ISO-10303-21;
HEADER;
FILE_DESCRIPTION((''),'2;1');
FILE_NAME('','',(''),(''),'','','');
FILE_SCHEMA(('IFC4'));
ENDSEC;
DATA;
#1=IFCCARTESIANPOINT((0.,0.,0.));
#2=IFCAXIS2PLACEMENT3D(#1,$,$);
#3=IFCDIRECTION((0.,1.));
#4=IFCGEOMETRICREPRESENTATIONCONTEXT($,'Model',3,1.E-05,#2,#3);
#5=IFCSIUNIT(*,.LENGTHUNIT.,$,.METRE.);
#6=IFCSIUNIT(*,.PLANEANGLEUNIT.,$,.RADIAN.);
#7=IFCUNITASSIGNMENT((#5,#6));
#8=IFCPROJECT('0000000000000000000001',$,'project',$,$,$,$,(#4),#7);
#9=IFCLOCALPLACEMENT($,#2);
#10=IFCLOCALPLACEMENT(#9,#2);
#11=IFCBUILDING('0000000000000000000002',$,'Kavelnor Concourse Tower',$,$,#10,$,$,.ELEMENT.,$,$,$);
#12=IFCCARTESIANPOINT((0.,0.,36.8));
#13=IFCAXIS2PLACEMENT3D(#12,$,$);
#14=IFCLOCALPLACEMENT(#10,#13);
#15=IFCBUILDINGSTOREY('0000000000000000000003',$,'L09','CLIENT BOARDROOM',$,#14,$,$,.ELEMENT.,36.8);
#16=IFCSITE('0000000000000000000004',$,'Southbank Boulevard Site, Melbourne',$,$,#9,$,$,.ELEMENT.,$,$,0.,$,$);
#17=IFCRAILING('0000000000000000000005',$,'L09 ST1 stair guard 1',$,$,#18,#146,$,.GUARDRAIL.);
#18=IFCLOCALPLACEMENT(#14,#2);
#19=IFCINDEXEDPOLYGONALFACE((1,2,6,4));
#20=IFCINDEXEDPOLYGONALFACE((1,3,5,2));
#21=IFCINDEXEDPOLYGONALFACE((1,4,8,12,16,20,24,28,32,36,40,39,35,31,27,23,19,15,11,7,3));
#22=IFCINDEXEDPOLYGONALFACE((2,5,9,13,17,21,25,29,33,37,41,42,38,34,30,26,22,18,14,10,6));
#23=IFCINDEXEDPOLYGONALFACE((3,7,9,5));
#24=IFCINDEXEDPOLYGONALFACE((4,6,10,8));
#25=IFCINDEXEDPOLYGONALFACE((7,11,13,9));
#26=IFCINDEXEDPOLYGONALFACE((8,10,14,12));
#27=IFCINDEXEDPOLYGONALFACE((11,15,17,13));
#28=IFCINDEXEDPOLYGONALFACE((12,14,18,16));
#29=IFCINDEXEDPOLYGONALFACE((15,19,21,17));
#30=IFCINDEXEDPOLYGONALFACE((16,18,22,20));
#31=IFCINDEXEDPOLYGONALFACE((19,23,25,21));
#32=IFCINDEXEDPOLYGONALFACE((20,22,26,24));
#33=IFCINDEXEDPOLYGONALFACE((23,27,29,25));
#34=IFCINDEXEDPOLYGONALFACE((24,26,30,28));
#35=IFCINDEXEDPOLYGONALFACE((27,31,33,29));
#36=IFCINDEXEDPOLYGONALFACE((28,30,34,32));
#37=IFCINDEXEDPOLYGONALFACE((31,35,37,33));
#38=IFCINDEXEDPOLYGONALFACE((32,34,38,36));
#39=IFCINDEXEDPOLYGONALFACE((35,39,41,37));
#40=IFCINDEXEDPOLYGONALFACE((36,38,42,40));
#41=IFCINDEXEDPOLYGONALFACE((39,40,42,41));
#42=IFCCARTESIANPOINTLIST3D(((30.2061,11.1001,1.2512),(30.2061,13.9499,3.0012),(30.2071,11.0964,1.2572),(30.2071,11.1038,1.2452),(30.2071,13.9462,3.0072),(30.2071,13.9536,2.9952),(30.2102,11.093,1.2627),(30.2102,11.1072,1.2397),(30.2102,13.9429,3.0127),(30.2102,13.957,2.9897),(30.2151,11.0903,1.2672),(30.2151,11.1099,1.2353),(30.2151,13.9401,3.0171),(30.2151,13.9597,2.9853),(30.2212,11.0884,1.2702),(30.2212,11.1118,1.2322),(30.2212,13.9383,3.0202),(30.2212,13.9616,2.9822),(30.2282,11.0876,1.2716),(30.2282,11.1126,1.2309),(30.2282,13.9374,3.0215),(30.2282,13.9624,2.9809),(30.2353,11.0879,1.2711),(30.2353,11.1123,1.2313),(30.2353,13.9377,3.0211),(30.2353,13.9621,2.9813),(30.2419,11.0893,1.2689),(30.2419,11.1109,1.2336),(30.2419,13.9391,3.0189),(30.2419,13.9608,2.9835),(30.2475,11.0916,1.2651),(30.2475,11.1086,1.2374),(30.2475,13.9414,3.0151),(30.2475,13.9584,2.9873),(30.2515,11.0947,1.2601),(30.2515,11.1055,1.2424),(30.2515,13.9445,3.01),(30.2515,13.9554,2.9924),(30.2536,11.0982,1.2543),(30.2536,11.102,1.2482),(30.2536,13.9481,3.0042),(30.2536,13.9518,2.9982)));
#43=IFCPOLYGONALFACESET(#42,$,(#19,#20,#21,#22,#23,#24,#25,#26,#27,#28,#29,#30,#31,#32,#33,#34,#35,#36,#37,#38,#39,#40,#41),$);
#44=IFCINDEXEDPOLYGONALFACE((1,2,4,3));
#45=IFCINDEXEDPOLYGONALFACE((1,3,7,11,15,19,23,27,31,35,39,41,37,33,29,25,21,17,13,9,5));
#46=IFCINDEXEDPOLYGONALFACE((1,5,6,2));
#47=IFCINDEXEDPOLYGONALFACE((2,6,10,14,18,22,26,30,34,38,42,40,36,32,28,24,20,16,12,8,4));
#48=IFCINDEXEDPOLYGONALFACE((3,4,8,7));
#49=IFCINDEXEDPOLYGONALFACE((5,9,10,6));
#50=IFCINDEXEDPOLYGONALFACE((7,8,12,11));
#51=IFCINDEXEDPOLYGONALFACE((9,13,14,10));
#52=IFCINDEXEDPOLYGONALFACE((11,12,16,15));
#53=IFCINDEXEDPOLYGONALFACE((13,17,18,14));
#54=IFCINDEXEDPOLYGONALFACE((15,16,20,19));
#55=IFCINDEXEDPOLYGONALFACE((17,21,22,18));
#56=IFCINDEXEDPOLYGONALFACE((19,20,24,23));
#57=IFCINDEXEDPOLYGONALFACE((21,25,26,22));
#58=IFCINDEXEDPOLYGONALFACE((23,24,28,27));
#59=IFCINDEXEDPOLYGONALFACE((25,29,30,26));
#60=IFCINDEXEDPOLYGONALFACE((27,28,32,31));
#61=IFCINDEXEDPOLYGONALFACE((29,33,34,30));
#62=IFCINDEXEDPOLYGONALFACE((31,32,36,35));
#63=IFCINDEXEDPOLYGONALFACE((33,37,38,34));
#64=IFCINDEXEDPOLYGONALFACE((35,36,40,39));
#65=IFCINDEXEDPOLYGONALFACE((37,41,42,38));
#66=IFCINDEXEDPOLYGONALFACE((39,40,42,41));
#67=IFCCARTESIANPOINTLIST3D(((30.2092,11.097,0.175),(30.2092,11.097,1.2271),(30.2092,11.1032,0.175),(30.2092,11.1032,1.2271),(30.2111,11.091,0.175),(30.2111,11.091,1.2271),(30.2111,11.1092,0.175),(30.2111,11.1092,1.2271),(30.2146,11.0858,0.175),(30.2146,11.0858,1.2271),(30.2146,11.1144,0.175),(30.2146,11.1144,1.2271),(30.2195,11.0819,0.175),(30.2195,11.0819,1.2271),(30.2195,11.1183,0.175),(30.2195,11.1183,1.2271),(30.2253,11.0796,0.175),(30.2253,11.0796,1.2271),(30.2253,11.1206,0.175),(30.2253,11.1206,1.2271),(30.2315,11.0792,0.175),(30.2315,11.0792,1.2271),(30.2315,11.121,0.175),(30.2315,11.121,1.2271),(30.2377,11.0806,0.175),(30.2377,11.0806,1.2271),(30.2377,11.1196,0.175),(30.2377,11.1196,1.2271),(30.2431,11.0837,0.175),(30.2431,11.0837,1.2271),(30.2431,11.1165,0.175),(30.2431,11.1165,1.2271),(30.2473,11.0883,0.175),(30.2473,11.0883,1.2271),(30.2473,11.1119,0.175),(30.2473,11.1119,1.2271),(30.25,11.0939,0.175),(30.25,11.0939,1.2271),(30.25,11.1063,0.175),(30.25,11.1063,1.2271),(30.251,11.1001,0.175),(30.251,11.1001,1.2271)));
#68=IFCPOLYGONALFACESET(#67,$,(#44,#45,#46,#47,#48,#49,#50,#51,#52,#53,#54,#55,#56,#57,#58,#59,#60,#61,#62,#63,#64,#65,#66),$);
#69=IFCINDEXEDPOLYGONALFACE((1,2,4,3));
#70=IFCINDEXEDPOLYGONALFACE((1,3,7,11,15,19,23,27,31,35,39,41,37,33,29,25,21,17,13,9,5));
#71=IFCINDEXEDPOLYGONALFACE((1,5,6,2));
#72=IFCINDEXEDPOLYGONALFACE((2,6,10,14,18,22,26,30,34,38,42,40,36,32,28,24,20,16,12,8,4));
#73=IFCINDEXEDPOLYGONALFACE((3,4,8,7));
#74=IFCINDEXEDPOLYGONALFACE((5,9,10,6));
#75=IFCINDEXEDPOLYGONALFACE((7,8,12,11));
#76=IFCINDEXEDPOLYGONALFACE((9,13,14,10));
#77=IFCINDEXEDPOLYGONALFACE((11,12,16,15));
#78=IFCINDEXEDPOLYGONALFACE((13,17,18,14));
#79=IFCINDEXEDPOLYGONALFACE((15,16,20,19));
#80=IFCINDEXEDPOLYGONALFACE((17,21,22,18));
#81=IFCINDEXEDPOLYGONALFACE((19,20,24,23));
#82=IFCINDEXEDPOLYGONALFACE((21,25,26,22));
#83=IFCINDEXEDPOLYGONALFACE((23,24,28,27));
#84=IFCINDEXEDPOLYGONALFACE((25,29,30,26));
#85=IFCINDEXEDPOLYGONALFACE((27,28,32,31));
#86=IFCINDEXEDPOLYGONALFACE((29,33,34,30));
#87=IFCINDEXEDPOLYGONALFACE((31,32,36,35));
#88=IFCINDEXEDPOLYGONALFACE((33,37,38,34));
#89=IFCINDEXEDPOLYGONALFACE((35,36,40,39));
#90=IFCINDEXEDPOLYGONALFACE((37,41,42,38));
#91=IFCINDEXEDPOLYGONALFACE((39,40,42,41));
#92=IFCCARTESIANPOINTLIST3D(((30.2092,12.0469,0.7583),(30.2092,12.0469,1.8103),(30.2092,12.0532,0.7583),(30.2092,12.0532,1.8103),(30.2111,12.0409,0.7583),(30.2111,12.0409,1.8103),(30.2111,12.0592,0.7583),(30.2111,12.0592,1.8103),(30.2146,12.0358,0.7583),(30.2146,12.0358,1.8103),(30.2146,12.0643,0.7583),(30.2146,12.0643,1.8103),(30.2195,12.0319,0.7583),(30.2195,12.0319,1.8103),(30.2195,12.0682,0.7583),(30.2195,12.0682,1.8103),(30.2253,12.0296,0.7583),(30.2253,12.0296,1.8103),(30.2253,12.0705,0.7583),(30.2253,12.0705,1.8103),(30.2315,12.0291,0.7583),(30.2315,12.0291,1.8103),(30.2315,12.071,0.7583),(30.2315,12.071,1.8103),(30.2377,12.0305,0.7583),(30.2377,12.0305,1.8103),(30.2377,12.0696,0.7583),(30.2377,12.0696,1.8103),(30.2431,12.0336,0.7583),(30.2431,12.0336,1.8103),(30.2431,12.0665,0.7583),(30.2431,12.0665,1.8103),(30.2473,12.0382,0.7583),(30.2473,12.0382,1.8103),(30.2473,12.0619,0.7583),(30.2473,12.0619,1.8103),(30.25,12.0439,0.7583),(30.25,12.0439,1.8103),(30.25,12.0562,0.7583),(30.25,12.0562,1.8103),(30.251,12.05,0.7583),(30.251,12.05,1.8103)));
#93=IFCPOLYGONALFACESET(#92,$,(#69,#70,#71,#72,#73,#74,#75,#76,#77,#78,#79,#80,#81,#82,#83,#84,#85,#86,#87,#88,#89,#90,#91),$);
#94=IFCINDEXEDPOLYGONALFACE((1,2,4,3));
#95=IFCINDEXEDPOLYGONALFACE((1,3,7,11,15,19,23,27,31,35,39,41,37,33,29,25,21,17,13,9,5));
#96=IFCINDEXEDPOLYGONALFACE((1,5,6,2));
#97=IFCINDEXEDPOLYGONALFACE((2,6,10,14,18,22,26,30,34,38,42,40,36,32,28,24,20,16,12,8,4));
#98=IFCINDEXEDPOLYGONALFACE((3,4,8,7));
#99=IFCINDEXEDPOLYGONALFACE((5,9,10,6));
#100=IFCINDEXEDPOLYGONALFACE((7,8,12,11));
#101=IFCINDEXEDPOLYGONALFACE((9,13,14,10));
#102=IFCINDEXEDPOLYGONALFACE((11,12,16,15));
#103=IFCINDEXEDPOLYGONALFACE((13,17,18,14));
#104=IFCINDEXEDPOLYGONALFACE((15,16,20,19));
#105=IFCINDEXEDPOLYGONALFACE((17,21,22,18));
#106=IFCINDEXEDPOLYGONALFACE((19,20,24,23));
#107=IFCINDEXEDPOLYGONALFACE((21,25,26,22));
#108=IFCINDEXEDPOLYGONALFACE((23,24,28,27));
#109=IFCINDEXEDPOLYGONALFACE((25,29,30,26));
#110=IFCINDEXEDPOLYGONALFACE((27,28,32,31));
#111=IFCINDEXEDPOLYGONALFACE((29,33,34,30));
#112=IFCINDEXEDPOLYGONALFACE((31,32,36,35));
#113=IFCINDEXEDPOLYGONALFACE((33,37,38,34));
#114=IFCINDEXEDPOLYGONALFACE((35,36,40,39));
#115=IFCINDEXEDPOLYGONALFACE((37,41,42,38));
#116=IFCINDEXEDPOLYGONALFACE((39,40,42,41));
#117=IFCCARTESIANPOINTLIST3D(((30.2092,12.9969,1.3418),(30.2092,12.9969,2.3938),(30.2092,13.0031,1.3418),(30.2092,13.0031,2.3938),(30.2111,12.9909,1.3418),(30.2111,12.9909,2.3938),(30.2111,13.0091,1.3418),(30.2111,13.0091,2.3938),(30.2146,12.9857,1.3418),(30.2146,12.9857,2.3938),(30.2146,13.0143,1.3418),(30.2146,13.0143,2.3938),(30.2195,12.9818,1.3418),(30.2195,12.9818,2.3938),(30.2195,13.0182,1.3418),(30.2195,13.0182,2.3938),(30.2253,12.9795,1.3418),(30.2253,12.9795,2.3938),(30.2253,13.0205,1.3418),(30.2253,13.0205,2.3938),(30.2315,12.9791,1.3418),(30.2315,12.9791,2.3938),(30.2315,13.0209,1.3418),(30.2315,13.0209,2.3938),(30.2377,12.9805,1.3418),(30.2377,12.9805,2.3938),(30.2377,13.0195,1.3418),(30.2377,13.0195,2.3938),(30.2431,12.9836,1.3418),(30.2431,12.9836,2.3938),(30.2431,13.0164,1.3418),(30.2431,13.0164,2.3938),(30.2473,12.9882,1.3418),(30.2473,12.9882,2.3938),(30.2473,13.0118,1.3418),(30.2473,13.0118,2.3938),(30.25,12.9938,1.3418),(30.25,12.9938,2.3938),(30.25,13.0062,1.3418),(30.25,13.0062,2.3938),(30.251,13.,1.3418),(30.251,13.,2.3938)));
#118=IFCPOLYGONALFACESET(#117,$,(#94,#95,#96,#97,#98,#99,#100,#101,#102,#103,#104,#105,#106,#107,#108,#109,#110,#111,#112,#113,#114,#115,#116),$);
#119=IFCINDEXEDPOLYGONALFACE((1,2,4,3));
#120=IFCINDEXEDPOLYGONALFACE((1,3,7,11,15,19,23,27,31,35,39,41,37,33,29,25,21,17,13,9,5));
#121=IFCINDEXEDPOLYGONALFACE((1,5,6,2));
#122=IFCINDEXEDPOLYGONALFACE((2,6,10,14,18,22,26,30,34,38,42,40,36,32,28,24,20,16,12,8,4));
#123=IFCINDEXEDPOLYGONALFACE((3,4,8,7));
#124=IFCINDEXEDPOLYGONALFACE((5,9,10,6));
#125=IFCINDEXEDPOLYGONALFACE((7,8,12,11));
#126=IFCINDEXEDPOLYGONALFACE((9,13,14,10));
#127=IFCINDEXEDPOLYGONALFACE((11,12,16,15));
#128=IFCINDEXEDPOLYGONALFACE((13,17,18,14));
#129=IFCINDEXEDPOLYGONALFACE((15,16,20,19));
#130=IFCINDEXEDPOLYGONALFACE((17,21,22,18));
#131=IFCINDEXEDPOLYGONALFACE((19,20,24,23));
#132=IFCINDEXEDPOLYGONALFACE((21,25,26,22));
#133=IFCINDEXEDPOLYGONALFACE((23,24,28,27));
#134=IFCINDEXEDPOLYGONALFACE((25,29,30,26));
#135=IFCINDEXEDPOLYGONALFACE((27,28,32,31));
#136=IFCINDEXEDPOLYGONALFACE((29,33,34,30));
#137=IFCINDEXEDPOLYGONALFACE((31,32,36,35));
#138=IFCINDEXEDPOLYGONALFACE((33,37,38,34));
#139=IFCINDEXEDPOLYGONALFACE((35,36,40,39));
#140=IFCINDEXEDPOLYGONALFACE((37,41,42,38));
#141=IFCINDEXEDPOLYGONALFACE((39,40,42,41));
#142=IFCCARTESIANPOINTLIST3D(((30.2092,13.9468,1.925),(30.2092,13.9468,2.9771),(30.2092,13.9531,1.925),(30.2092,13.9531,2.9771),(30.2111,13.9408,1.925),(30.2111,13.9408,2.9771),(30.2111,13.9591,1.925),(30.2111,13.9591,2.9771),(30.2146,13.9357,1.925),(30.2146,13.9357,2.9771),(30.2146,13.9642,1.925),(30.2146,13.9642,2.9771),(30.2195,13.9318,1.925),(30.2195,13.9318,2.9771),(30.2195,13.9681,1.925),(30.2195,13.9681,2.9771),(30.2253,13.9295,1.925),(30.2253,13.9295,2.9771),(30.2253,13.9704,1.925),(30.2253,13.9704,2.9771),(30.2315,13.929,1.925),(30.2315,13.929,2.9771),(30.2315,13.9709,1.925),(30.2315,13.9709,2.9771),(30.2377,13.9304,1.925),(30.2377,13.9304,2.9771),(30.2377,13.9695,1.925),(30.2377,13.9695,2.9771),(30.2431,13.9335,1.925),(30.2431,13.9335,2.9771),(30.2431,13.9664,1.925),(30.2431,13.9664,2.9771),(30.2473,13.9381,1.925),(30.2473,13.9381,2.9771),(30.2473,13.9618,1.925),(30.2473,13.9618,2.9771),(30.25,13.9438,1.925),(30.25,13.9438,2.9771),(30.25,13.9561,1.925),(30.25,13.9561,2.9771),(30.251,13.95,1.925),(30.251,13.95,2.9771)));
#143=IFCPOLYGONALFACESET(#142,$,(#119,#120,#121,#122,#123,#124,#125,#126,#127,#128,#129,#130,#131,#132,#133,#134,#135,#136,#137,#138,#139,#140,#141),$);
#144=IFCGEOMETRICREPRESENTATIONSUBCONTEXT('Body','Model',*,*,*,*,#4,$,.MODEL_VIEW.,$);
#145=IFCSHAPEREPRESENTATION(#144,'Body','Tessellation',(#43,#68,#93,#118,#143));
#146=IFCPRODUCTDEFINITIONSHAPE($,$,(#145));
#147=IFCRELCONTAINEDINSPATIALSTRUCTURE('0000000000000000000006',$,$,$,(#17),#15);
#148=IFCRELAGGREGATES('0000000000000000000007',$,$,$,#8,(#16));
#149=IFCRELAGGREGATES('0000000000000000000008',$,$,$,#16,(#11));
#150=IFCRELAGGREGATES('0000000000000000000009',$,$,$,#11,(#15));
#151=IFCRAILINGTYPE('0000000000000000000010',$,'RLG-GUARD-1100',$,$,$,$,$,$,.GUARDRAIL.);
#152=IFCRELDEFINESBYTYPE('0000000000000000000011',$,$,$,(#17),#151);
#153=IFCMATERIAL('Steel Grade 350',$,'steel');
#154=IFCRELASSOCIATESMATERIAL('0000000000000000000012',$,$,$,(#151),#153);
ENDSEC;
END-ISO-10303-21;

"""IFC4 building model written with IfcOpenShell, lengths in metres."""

from ifc_helpers import new_model, si_unit, direction, frame, origin, origin_2d, place, context, subcontext, project, spatial, circle, extrude, material, type_object, element, save


model = new_model("IFC4")

# Units and contexts
model_context = context("Model", 3, precision=1e-05, world=origin(), true_north=direction((0.0, 1.0)))
body_context = subcontext(model_context, "Body", "Model", "MODEL_VIEW")
ifc_project = project(units=[si_unit("LENGTHUNIT", "METRE"), si_unit("PLANEANGLEUNIT", "RADIAN")], contexts=[model_context])

# Site, building, storey
site_placement = place(None, origin())
site = spatial("IfcSite", under=ifc_project, at=site_placement, Name="Southbank Boulevard Site, Melbourne", CompositionType="ELEMENT", RefElevation=0.0)
building_placement = place(site_placement, origin())
building = spatial("IfcBuilding", under=site, at=building_placement, Name="Kavelnor Concourse Tower", CompositionType="ELEMENT")
storey_placement = place(building_placement, frame((0.0, 0.0, 36.8)))
storey = spatial("IfcBuildingStorey", under=building, at=storey_placement, Name="L09", Description="CLIENT BOARDROOM", CompositionType="ELEMENT", Elevation=36.8)

# Shared definitions
ifc_material_1 = material(Name="Steel Grade 350", Category="steel")

# Railing
railing_type_1 = type_object("IfcRailingType", Name="RLG-GUARD-1100", PredefinedType="GUARDRAIL", material=ifc_material_1)
railing_1_placement = place(storey_placement, frame((30.23, 11.1001, 0.175)))
element("IfcRailing", 1, at=railing_1_placement, inside=storey, type_object=railing_type_1, Name="L09 ST1 stair guard 1", PredefinedType="GUARDRAIL", context=body_context, shape_type="SweptSolid", body=[
    extrude(circle(Radius=0.0239, at=origin_2d()), frame((0.0, 0.0, 1.0762), z_axis=(0.0, 0.852159, 0.523283), x_axis=(-1.0, 0.0, 0.0)), (0.0, 0.0, 1.0), 3.3442),
    extrude(circle(Radius=0.021, at=origin_2d()), origin(), (0.0, 0.0, 1.0), 1.052),
    extrude(circle(Radius=0.021, at=origin_2d()), frame((0.0, 0.95, 0.5833)), (0.0, 0.0, 1.0), 1.052),
    extrude(circle(Radius=0.021, at=origin_2d()), frame((0.0, 1.8999, 1.1667)), (0.0, 0.0, 1.0), 1.052),
    extrude(circle(Radius=0.021, at=origin_2d()), frame((0.0, 2.8499, 1.75)), (0.0, 0.0, 1.0), 1.052),
])

save(model, "model.ifc")
